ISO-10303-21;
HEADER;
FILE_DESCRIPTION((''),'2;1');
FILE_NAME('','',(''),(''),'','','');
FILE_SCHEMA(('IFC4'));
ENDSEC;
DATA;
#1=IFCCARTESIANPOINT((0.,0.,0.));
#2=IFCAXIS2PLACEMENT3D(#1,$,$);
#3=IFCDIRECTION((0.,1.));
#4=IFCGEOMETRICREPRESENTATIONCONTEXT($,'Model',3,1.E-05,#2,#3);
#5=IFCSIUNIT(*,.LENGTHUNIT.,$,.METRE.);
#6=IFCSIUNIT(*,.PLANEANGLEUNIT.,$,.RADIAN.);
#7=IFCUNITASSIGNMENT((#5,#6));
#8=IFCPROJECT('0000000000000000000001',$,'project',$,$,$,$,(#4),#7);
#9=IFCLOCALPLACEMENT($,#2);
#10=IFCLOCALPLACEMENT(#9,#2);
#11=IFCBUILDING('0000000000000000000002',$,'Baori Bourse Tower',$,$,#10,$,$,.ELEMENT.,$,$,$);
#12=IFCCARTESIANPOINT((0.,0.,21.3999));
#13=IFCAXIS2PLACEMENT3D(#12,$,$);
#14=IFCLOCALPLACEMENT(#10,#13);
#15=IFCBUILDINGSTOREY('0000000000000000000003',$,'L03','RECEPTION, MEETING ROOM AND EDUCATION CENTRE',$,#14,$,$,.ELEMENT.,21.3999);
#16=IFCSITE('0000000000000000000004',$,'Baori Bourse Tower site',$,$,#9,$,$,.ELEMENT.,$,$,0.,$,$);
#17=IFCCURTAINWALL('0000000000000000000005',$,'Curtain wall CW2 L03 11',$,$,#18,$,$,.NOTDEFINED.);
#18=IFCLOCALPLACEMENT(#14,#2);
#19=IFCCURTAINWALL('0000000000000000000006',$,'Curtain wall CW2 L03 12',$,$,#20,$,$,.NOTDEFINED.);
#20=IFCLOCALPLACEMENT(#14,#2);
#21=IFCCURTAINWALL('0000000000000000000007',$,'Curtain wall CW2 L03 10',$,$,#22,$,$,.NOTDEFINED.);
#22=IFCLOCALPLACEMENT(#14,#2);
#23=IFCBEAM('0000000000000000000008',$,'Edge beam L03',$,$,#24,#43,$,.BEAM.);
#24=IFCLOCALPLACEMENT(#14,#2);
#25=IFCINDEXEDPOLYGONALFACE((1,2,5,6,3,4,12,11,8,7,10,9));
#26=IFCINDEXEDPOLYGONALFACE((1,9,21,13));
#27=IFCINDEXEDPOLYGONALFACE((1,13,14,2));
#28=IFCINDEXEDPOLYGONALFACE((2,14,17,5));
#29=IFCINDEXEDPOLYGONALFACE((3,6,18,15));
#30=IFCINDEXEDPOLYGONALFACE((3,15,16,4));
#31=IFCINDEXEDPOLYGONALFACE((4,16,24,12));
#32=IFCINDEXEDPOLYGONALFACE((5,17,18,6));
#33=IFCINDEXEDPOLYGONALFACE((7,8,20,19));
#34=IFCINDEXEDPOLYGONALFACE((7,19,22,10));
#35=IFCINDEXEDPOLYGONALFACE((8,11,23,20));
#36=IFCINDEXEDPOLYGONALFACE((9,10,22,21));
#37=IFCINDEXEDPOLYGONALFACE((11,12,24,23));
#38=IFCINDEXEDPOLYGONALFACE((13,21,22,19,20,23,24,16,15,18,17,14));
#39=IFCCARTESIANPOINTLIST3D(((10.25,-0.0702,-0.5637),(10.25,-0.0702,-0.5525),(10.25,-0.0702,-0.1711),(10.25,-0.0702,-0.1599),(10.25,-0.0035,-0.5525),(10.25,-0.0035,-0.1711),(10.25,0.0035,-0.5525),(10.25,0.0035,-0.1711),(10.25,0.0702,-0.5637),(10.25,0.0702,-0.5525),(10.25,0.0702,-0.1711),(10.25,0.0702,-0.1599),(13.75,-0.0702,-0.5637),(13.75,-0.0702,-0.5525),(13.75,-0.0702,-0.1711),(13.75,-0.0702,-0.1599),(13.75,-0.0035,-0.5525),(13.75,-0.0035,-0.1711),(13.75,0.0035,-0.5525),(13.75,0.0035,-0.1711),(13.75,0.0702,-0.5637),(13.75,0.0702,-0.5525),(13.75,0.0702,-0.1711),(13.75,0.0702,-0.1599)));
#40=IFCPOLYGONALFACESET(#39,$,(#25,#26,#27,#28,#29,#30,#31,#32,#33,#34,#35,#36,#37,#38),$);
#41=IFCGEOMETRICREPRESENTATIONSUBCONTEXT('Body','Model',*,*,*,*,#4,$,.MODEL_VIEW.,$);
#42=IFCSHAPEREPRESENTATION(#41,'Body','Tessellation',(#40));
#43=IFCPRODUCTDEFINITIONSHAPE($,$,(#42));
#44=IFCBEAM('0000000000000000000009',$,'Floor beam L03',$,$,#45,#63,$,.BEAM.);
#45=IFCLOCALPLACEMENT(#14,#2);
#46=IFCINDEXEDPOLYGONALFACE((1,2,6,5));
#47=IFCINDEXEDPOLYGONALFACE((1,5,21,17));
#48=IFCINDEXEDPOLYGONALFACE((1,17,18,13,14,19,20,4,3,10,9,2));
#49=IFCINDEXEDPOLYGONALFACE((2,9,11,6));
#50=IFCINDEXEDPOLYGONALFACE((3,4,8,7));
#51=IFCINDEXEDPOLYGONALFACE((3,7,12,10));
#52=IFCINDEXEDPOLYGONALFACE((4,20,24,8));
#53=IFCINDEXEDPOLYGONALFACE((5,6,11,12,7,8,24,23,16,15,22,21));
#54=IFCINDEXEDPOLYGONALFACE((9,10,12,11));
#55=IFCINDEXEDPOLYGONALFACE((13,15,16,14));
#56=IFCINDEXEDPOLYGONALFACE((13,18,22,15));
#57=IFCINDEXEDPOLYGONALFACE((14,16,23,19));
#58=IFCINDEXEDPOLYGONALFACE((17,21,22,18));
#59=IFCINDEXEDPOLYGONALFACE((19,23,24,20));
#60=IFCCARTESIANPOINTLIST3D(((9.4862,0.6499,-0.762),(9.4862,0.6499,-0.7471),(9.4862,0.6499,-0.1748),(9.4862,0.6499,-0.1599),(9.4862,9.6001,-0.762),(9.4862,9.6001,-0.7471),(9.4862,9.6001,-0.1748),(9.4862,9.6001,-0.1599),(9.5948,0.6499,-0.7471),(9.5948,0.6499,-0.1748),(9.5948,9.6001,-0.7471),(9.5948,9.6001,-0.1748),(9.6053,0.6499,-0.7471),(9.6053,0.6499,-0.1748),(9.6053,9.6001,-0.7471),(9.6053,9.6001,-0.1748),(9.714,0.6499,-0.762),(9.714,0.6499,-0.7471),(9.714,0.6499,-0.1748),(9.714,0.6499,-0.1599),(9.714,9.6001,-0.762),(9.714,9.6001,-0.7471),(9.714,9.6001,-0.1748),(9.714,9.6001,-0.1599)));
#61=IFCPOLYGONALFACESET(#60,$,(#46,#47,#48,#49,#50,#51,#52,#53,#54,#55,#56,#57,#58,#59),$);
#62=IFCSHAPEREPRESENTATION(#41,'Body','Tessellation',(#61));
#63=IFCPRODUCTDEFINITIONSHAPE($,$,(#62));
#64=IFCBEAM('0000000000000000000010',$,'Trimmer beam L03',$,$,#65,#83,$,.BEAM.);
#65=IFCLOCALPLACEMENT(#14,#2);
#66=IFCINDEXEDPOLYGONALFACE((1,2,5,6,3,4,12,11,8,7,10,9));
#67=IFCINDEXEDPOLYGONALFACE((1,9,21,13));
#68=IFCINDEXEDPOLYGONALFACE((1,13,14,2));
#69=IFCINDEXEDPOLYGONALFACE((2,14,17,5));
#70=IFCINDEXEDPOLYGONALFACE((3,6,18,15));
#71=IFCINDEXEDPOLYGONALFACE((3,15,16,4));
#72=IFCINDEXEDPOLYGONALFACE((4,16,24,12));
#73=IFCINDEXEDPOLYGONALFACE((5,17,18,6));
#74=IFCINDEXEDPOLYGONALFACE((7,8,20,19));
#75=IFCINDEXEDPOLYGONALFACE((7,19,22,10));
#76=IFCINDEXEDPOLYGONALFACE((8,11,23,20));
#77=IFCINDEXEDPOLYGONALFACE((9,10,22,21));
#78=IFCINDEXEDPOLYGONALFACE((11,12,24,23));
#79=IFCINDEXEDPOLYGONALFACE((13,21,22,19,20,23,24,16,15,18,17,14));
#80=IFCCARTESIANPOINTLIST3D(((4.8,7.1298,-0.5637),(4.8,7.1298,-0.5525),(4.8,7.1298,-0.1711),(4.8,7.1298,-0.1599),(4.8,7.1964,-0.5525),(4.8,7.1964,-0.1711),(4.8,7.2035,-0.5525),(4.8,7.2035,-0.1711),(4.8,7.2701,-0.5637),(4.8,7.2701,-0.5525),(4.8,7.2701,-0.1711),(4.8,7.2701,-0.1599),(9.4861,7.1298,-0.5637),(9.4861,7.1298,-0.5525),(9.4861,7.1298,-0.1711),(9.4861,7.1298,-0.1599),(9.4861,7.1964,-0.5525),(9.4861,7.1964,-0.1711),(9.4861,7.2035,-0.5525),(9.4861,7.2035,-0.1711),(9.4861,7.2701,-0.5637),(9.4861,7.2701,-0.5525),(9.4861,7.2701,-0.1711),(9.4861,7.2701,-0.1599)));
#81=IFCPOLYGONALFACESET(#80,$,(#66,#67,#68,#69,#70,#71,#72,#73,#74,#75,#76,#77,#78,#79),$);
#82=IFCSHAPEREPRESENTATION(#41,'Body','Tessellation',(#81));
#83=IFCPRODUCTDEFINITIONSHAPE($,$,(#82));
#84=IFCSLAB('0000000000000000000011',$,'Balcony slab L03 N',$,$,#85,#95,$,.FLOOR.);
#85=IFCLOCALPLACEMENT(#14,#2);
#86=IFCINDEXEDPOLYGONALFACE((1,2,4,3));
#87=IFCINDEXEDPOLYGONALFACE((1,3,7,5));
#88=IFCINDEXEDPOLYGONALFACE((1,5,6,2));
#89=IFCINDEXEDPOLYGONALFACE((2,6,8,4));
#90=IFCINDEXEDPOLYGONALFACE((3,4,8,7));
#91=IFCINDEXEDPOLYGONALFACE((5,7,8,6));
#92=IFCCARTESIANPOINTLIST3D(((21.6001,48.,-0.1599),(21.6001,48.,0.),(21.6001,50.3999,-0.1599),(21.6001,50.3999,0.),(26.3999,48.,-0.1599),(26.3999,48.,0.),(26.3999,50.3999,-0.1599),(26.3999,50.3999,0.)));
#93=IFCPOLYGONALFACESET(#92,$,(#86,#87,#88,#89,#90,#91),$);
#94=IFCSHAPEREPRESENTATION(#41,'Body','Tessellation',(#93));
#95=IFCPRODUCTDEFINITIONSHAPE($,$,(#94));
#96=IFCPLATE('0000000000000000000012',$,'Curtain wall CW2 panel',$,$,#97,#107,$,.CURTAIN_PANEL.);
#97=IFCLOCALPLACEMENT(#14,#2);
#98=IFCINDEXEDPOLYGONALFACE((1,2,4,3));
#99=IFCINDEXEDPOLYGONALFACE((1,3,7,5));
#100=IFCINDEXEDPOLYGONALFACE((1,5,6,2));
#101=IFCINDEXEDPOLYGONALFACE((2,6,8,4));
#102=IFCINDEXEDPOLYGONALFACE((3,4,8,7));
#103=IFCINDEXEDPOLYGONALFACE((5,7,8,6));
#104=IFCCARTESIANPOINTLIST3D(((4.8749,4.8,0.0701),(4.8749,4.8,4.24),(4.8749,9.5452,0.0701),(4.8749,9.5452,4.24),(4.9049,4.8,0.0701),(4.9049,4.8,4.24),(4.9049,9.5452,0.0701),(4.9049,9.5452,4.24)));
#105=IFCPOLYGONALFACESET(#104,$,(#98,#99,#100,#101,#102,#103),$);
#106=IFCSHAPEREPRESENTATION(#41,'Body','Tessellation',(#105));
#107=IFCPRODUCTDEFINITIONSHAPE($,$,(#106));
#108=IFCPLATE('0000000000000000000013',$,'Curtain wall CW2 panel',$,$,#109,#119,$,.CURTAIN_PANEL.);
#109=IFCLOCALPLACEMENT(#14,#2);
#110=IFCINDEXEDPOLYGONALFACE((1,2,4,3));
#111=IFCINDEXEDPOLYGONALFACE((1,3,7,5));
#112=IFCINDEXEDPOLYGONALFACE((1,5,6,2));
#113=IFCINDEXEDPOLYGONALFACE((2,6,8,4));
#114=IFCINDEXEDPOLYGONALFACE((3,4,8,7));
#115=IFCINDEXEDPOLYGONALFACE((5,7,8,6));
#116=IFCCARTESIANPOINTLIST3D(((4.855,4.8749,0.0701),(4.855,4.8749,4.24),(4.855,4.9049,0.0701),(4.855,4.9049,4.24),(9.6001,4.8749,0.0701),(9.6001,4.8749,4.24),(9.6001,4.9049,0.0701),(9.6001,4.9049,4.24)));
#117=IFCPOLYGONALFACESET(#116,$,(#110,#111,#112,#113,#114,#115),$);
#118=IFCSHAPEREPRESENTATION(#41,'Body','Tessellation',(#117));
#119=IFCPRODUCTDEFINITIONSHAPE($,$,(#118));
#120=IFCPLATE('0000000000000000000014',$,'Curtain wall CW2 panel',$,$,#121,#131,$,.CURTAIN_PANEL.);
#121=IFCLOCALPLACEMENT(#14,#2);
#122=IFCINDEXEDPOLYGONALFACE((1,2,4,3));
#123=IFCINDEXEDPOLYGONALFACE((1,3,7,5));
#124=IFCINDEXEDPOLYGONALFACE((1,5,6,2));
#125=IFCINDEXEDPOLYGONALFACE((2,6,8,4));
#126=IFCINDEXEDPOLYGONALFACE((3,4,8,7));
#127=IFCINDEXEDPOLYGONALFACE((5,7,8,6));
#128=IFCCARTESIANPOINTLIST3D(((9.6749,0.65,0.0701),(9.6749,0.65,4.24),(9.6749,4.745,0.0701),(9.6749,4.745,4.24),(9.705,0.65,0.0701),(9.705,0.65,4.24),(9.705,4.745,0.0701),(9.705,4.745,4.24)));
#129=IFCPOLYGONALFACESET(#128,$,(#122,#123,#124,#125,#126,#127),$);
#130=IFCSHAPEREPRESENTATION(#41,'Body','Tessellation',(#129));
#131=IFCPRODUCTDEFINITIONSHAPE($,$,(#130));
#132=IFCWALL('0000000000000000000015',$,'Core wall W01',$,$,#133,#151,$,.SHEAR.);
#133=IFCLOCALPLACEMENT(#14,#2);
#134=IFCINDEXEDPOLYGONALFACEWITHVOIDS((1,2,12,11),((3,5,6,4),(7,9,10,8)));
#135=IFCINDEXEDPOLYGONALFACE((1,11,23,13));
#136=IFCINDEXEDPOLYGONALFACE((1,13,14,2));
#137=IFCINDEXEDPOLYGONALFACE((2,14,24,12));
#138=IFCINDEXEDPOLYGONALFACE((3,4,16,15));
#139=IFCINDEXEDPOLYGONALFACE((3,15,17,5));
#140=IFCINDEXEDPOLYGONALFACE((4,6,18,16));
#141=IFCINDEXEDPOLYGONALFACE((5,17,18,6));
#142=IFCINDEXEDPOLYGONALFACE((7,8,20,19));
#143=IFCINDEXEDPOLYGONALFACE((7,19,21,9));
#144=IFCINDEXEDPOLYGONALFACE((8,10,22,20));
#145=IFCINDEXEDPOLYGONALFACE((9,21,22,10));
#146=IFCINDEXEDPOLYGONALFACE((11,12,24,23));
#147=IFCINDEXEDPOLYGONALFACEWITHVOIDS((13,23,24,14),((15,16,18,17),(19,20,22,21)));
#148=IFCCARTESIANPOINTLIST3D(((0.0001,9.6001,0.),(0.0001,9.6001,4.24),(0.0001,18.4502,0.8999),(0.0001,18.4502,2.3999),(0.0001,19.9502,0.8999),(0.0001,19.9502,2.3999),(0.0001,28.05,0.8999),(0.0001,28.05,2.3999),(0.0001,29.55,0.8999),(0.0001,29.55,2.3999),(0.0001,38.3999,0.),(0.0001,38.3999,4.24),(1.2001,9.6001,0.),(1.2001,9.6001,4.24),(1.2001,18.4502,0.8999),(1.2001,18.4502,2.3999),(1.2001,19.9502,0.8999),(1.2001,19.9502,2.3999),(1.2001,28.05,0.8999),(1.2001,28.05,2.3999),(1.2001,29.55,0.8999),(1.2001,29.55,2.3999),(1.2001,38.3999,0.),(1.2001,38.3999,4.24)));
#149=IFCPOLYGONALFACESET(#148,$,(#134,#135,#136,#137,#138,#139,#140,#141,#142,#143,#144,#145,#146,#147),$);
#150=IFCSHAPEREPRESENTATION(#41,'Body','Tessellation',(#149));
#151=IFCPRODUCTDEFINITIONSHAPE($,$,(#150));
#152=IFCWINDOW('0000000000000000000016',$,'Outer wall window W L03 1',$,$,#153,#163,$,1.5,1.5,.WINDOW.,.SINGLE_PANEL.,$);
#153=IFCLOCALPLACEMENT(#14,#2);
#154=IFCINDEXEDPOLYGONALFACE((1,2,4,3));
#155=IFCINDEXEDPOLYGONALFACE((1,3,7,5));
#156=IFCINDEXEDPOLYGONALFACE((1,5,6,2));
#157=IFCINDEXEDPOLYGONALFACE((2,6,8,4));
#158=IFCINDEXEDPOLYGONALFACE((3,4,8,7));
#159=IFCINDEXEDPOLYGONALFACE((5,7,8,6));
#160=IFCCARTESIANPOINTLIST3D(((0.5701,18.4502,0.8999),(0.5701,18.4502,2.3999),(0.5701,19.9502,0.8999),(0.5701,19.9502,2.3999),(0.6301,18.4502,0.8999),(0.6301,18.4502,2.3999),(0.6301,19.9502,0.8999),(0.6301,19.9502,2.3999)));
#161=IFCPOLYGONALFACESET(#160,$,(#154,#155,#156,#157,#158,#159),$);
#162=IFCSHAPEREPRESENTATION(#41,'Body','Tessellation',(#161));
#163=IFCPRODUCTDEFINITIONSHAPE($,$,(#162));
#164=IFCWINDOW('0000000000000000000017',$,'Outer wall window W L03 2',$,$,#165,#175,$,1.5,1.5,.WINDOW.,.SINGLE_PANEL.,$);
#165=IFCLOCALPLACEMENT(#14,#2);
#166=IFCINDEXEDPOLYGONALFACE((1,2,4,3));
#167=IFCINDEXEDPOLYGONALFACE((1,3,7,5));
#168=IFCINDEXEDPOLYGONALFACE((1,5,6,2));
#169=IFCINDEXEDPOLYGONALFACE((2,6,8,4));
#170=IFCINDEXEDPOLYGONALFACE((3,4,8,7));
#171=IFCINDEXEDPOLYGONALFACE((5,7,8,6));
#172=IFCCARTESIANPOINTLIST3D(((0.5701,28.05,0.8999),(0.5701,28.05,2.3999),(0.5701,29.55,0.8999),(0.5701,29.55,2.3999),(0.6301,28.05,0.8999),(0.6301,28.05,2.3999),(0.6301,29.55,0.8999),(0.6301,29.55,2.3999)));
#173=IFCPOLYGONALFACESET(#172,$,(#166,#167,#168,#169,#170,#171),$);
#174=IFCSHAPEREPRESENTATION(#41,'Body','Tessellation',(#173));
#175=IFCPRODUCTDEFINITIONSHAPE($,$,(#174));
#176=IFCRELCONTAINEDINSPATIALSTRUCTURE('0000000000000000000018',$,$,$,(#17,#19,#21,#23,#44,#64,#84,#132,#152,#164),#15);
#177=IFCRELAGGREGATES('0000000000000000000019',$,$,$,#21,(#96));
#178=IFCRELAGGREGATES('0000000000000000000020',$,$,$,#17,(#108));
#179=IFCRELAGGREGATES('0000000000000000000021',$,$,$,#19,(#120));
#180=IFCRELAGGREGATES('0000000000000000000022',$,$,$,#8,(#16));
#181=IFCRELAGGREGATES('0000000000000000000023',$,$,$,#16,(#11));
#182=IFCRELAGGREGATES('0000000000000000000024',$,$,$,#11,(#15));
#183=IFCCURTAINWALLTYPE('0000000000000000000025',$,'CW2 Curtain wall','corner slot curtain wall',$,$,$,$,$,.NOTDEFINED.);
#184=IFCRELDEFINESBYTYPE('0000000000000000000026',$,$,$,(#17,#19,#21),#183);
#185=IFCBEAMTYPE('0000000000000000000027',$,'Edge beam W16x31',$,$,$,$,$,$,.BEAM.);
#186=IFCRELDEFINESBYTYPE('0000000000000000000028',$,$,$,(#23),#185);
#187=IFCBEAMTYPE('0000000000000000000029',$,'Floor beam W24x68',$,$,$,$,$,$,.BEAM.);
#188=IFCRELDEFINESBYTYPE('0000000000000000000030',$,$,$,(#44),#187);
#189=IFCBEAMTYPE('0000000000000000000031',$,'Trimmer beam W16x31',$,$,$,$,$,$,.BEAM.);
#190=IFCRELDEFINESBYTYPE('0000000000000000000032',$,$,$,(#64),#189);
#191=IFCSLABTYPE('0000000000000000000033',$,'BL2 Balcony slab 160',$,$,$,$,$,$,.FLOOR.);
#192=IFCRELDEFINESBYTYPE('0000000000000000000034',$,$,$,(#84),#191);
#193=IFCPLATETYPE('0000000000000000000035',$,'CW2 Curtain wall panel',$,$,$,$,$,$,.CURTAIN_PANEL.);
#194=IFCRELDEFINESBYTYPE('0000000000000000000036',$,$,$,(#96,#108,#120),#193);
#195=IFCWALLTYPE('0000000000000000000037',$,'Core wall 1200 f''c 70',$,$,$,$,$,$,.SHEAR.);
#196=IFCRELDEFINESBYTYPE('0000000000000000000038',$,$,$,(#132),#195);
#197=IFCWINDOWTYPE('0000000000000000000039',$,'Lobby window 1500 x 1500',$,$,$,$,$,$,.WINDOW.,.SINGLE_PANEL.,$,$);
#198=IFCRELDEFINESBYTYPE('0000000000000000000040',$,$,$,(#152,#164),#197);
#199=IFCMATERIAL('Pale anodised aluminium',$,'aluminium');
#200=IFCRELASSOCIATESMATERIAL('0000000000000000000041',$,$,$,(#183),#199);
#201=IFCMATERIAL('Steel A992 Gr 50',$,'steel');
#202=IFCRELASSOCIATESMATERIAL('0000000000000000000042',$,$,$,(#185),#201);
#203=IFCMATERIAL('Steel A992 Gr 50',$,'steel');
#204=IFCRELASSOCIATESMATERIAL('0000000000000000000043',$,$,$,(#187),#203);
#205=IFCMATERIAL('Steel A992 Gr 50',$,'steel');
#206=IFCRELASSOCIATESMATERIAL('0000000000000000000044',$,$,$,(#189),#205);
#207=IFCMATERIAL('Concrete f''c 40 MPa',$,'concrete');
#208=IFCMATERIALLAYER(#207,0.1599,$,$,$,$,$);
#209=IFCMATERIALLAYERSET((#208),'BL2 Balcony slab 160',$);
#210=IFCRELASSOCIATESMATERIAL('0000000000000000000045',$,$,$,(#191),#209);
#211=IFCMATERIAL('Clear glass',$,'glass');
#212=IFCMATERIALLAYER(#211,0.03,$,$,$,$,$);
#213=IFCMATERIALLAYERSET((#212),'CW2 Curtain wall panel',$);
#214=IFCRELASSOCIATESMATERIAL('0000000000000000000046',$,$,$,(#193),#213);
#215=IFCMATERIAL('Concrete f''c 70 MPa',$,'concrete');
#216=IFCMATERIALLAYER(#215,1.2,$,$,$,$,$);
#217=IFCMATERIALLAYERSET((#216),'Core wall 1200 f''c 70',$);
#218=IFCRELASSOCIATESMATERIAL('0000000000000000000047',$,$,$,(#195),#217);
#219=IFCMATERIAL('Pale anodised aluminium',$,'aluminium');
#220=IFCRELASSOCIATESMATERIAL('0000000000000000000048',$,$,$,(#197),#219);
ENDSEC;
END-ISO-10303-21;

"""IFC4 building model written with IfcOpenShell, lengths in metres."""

from ifc_helpers import new_model, si_unit, direction, frame, frame_2d, origin, origin_2d, place, context, subcontext, project, spatial, polyline, rectangle, i_section, outline, extrude, material, layer, layer_set, material_profile, profile_set, type_object, element, fill, aggregate, save


model = new_model("IFC4")

# Units and contexts
model_context = context("Model", 3, precision=1e-05, world=origin(), true_north=direction((0.0, 1.0)))
body_context = subcontext(model_context, "Body", "Model", "MODEL_VIEW")
ifc_project = project(units=[si_unit("LENGTHUNIT", "METRE"), si_unit("PLANEANGLEUNIT", "RADIAN")], contexts=[model_context])

# Site, building, storey
site_placement = place(None, origin())
site = spatial("IfcSite", under=ifc_project, at=site_placement, Name="Baori Bourse Tower site", CompositionType="ELEMENT", RefElevation=0.0)
building_placement = place(site_placement, origin())
building = spatial("IfcBuilding", under=site, at=building_placement, Name="Baori Bourse Tower", CompositionType="ELEMENT")
storey_placement = place(building_placement, frame((0.0, 0.0, 21.3999)))
storey = spatial("IfcBuildingStorey", under=building, at=storey_placement, Name="L03", Description="RECEPTION, MEETING ROOM AND EDUCATION CENTRE", CompositionType="ELEMENT", Elevation=21.3999)

# Curtain walls
ifc_material_1 = material(Name="Pale anodised aluminium", Category="aluminium")
curtain_wall_type_1 = type_object("IfcCurtainWallType", Name="CW2 Curtain wall", Description="corner slot curtain wall", PredefinedType="NOTDEFINED", material=ifc_material_1)
curtain_wall_1_placement = place(storey_placement, origin())
curtain_wall_1 = element("IfcCurtainWall", 1, at=curtain_wall_1_placement, inside=storey, type_object=curtain_wall_type_1, Name="Curtain wall CW2 L03 11", PredefinedType="NOTDEFINED")
curtain_wall_2_placement = place(storey_placement, origin())
curtain_wall_2 = element("IfcCurtainWall", 2, at=curtain_wall_2_placement, inside=storey, type_object=curtain_wall_type_1, Name="Curtain wall CW2 L03 12", PredefinedType="NOTDEFINED")
curtain_wall_3_placement = place(storey_placement, origin())
curtain_wall_3 = element("IfcCurtainWall", 3, at=curtain_wall_3_placement, inside=storey, type_object=curtain_wall_type_1, Name="Curtain wall CW2 L03 10", PredefinedType="NOTDEFINED")

# Beams
ifc_material_2 = material(Name="Steel A992 Gr 50", Category="steel")
ifc_material_profile_1 = material_profile(ifc_material_2, i_section(OverallWidth=0.1404, OverallDepth=0.4038, WebThickness=0.0071, FlangeThickness=0.0112, at=origin_2d()), Name="W16x31")
ifc_profile_set_1 = profile_set([ifc_material_profile_1], Name="Steel A992 Gr 50")
beam_type_1 = type_object("IfcBeamType", Name="Edge beam W16x31", PredefinedType="BEAM", material=ifc_profile_set_1)
beam_1_placement = place(storey_placement, frame((10.25, 0.0, -0.3618), z_axis=(1.0, 0.0, 0.0), x_axis=(0.0, 1.0, 0.0)))
element("IfcBeam", 4, at=beam_1_placement, inside=storey, type_object=beam_type_1, Name="Edge beam L03", PredefinedType="BEAM", context=body_context, shape_type="SweptSolid", body=[
    extrude(i_section(OverallWidth=0.1404, OverallDepth=0.4038, WebThickness=0.0071, FlangeThickness=0.0112, at=origin_2d()), origin(), (0.0, 0.0, 1.0), 3.5),
])
ifc_material_3 = material(Name="Steel A992 Gr 50", Category="steel")
ifc_material_profile_2 = material_profile(ifc_material_3, i_section(OverallWidth=0.2278, OverallDepth=0.6021, WebThickness=0.0105, FlangeThickness=0.0149, at=origin_2d()), Name="W24x68")
ifc_profile_set_2 = profile_set([ifc_material_profile_2], Name="Steel A992 Gr 50")
beam_type_2 = type_object("IfcBeamType", Name="Floor beam W24x68", PredefinedType="BEAM", material=ifc_profile_set_2)
beam_2_placement = place(storey_placement, frame((9.6001, 0.6499, -0.4609), z_axis=(0.0, 1.0, 0.0), x_axis=(-1.0, 0.0, 0.0)))
element("IfcBeam", 5, at=beam_2_placement, inside=storey, type_object=beam_type_2, Name="Floor beam L03", PredefinedType="BEAM", context=body_context, shape_type="SweptSolid", body=[
    extrude(i_section(OverallWidth=0.2278, OverallDepth=0.6021, WebThickness=0.0105, FlangeThickness=0.0149, at=origin_2d()), origin(), (0.0, 0.0, 1.0), 8.9502),
])
ifc_material_4 = material(Name="Steel A992 Gr 50", Category="steel")
ifc_material_profile_3 = material_profile(ifc_material_4, i_section(OverallWidth=0.1404, OverallDepth=0.4038, WebThickness=0.0071, FlangeThickness=0.0112, at=origin_2d()), Name="W16x31")
ifc_profile_set_3 = profile_set([ifc_material_profile_3], Name="Steel A992 Gr 50")
beam_type_3 = type_object("IfcBeamType", Name="Trimmer beam W16x31", PredefinedType="BEAM", material=ifc_profile_set_3)
beam_3_placement = place(storey_placement, frame((4.8, 7.2, -0.3618), z_axis=(1.0, 0.0, 0.0), x_axis=(0.0, 1.0, 0.0)))
element("IfcBeam", 6, at=beam_3_placement, inside=storey, type_object=beam_type_3, Name="Trimmer beam L03", PredefinedType="BEAM", context=body_context, shape_type="SweptSolid", body=[
    extrude(i_section(OverallWidth=0.1404, OverallDepth=0.4038, WebThickness=0.0071, FlangeThickness=0.0112, at=origin_2d()), origin(), (0.0, 0.0, 1.0), 4.686),
])

# Slab
ifc_material_5 = material(Name="Concrete f'c 40 MPa", Category="concrete")
ifc_layer_1 = layer(ifc_material_5, 0.1599)
ifc_layer_set_1 = layer_set([ifc_layer_1], Name="BL2 Balcony slab 160")
slab_type = type_object("IfcSlabType", Name="BL2 Balcony slab 160", PredefinedType="FLOOR", material=ifc_layer_set_1)
slab_placement = place(storey_placement, frame((0.0, 0.0, -0.1599)))
element("IfcSlab", 7, at=slab_placement, inside=storey, type_object=slab_type, Name="Balcony slab L03 N", PredefinedType="FLOOR", context=body_context, shape_type="SweptSolid", body=[
    extrude(outline(polyline([(21.6001, 48.0), (26.3999, 48.0), (26.3999, 50.3999), (21.6001, 50.3999), (21.6001, 48.0)])), origin(), (0.0, 0.0, 1.0), 0.1599),
])

# Plates
ifc_material_6 = material(Name="Clear glass", Category="glass")
ifc_layer_2 = layer(ifc_material_6, 0.03)
ifc_layer_set_2 = layer_set([ifc_layer_2], Name="CW2 Curtain wall panel")
plate_type = type_object("IfcPlateType", Name="CW2 Curtain wall panel", PredefinedType="CURTAIN_PANEL", material=ifc_layer_set_2)
plate_1_placement = place(storey_placement, frame((4.8899, 7.1726, 0.0701), z_axis=(0.0, 0.0, 1.0), x_axis=(0.0, -1.0, 0.0)))
plate_1 = element("IfcPlate", 8, at=plate_1_placement, type_object=plate_type, Name="Curtain wall CW2 panel", PredefinedType="CURTAIN_PANEL", context=body_context, shape_type="SweptSolid", body=[
    extrude(rectangle(XDim=4.7451, YDim=0.03, at=origin_2d()), origin(), (0.0, 0.0, 1.0), 4.1699),
])
aggregate(curtain_wall_3, [plate_1])
plate_2_placement = place(storey_placement, frame((7.2275, 4.8899, 0.0701), z_axis=(0.0, 0.0, 1.0), x_axis=(1.0, 0.0, 0.0)))
plate_2 = element("IfcPlate", 9, at=plate_2_placement, type_object=plate_type, Name="Curtain wall CW2 panel", PredefinedType="CURTAIN_PANEL", context=body_context, shape_type="SweptSolid", body=[
    extrude(rectangle(XDim=4.7451, YDim=0.03, at=origin_2d()), origin(), (0.0, 0.0, 1.0), 4.1699),
])
aggregate(curtain_wall_1, [plate_2])
plate_3_placement = place(storey_placement, frame((9.6899, 2.6975, 0.0701), z_axis=(0.0, 0.0, 1.0), x_axis=(0.0, -1.0, 0.0)))
plate_3 = element("IfcPlate", 10, at=plate_3_placement, type_object=plate_type, Name="Curtain wall CW2 panel", PredefinedType="CURTAIN_PANEL", context=body_context, shape_type="SweptSolid", body=[
    extrude(rectangle(XDim=4.095, YDim=0.03, at=origin_2d()), origin(), (0.0, 0.0, 1.0), 4.1699),
])
aggregate(curtain_wall_2, [plate_3])

# Wall, openings, windows
ifc_material_7 = material(Name="Concrete f'c 70 MPa", Category="concrete")
ifc_layer_3 = layer(ifc_material_7, 1.2)
ifc_layer_set_3 = layer_set([ifc_layer_3], Name="Core wall 1200 f'c 70")
wall_type = type_object("IfcWallType", Name="Core wall 1200 f'c 70", PredefinedType="SHEAR", material=ifc_layer_set_3)
wall_1_placement = place(storey_placement, frame((0.6001, 9.6001, 0.0), z_axis=(0.0, 0.0, 1.0), x_axis=(0.0, 1.0, 0.0)))
wall_1 = element("IfcWall", 11, at=wall_1_placement, inside=storey, type_object=wall_type, Name="Core wall W01", PredefinedType="SHEAR", context=body_context, shape_type="SweptSolid", body=[
    extrude(rectangle(XDim=28.7998, YDim=1.2, at=frame_2d((14.3999, 0.0))), origin(), (0.0, 0.0, 1.0), 4.24),
])
opening_1_placement = place(wall_1_placement, frame((8.8501, 0.0, 0.8999)))
opening_1 = element("IfcOpeningElement", 12, at=opening_1_placement, cuts=wall_1, PredefinedType="OPENING", context=body_context, shape_type="SweptSolid", body=[
    extrude(rectangle(XDim=1.5, YDim=1.5, at=frame_2d((0.75, 0.75))), frame((0.0, 0.6099, 0.0), z_axis=(0.0, -1.0, 0.0), x_axis=(1.0, 0.0, 0.0)), (0.0, 0.0, 1.0), 1.22),
])
opening_2_placement = place(wall_1_placement, frame((18.45, 0.0, 0.8999)))
opening_2 = element("IfcOpeningElement", 13, at=opening_2_placement, cuts=wall_1, PredefinedType="OPENING", context=body_context, shape_type="SweptSolid", body=[
    extrude(rectangle(XDim=1.5, YDim=1.5, at=frame_2d((0.75, 0.75))), frame((0.0, 0.6099, 0.0), z_axis=(0.0, -1.0, 0.0), x_axis=(1.0, 0.0, 0.0)), (0.0, 0.0, 1.0), 1.22),
])
ifc_material_8 = material(Name="Pale anodised aluminium", Category="aluminium")
window_type = type_object("IfcWindowType", Name="Lobby window 1500 x 1500", PartitioningType="SINGLE_PANEL", PredefinedType="WINDOW", material=ifc_material_8)
window_1_placement = place(opening_1_placement, origin())
window_1 = element("IfcWindow", 14, at=window_1_placement, inside=storey, type_object=window_type, Name="Outer wall window W L03 1", OverallHeight=1.5, OverallWidth=1.5, PartitioningType="SINGLE_PANEL", PredefinedType="WINDOW", context=body_context, shape_type="SweptSolid", body=[
    extrude(rectangle(XDim=1.5, YDim=1.5, at=frame_2d((0.75, 0.75))), frame((0.0, 0.03, 0.0), z_axis=(0.0, -1.0, 0.0), x_axis=(1.0, 0.0, 0.0)), (0.0, 0.0, 1.0), 0.0601),
])
fill(opening_1, window_1)
window_2_placement = place(opening_2_placement, origin())
window_2 = element("IfcWindow", 15, at=window_2_placement, inside=storey, type_object=window_type, Name="Outer wall window W L03 2", OverallHeight=1.5, OverallWidth=1.5, PartitioningType="SINGLE_PANEL", PredefinedType="WINDOW", context=body_context, shape_type="SweptSolid", body=[
    extrude(rectangle(XDim=1.5, YDim=1.5, at=frame_2d((0.75, 0.75))), frame((0.0, 0.03, 0.0), z_axis=(0.0, -1.0, 0.0), x_axis=(1.0, 0.0, 0.0)), (0.0, 0.0, 1.0), 0.0601),
])
fill(opening_2, window_2)

save(model, "model.ifc")
